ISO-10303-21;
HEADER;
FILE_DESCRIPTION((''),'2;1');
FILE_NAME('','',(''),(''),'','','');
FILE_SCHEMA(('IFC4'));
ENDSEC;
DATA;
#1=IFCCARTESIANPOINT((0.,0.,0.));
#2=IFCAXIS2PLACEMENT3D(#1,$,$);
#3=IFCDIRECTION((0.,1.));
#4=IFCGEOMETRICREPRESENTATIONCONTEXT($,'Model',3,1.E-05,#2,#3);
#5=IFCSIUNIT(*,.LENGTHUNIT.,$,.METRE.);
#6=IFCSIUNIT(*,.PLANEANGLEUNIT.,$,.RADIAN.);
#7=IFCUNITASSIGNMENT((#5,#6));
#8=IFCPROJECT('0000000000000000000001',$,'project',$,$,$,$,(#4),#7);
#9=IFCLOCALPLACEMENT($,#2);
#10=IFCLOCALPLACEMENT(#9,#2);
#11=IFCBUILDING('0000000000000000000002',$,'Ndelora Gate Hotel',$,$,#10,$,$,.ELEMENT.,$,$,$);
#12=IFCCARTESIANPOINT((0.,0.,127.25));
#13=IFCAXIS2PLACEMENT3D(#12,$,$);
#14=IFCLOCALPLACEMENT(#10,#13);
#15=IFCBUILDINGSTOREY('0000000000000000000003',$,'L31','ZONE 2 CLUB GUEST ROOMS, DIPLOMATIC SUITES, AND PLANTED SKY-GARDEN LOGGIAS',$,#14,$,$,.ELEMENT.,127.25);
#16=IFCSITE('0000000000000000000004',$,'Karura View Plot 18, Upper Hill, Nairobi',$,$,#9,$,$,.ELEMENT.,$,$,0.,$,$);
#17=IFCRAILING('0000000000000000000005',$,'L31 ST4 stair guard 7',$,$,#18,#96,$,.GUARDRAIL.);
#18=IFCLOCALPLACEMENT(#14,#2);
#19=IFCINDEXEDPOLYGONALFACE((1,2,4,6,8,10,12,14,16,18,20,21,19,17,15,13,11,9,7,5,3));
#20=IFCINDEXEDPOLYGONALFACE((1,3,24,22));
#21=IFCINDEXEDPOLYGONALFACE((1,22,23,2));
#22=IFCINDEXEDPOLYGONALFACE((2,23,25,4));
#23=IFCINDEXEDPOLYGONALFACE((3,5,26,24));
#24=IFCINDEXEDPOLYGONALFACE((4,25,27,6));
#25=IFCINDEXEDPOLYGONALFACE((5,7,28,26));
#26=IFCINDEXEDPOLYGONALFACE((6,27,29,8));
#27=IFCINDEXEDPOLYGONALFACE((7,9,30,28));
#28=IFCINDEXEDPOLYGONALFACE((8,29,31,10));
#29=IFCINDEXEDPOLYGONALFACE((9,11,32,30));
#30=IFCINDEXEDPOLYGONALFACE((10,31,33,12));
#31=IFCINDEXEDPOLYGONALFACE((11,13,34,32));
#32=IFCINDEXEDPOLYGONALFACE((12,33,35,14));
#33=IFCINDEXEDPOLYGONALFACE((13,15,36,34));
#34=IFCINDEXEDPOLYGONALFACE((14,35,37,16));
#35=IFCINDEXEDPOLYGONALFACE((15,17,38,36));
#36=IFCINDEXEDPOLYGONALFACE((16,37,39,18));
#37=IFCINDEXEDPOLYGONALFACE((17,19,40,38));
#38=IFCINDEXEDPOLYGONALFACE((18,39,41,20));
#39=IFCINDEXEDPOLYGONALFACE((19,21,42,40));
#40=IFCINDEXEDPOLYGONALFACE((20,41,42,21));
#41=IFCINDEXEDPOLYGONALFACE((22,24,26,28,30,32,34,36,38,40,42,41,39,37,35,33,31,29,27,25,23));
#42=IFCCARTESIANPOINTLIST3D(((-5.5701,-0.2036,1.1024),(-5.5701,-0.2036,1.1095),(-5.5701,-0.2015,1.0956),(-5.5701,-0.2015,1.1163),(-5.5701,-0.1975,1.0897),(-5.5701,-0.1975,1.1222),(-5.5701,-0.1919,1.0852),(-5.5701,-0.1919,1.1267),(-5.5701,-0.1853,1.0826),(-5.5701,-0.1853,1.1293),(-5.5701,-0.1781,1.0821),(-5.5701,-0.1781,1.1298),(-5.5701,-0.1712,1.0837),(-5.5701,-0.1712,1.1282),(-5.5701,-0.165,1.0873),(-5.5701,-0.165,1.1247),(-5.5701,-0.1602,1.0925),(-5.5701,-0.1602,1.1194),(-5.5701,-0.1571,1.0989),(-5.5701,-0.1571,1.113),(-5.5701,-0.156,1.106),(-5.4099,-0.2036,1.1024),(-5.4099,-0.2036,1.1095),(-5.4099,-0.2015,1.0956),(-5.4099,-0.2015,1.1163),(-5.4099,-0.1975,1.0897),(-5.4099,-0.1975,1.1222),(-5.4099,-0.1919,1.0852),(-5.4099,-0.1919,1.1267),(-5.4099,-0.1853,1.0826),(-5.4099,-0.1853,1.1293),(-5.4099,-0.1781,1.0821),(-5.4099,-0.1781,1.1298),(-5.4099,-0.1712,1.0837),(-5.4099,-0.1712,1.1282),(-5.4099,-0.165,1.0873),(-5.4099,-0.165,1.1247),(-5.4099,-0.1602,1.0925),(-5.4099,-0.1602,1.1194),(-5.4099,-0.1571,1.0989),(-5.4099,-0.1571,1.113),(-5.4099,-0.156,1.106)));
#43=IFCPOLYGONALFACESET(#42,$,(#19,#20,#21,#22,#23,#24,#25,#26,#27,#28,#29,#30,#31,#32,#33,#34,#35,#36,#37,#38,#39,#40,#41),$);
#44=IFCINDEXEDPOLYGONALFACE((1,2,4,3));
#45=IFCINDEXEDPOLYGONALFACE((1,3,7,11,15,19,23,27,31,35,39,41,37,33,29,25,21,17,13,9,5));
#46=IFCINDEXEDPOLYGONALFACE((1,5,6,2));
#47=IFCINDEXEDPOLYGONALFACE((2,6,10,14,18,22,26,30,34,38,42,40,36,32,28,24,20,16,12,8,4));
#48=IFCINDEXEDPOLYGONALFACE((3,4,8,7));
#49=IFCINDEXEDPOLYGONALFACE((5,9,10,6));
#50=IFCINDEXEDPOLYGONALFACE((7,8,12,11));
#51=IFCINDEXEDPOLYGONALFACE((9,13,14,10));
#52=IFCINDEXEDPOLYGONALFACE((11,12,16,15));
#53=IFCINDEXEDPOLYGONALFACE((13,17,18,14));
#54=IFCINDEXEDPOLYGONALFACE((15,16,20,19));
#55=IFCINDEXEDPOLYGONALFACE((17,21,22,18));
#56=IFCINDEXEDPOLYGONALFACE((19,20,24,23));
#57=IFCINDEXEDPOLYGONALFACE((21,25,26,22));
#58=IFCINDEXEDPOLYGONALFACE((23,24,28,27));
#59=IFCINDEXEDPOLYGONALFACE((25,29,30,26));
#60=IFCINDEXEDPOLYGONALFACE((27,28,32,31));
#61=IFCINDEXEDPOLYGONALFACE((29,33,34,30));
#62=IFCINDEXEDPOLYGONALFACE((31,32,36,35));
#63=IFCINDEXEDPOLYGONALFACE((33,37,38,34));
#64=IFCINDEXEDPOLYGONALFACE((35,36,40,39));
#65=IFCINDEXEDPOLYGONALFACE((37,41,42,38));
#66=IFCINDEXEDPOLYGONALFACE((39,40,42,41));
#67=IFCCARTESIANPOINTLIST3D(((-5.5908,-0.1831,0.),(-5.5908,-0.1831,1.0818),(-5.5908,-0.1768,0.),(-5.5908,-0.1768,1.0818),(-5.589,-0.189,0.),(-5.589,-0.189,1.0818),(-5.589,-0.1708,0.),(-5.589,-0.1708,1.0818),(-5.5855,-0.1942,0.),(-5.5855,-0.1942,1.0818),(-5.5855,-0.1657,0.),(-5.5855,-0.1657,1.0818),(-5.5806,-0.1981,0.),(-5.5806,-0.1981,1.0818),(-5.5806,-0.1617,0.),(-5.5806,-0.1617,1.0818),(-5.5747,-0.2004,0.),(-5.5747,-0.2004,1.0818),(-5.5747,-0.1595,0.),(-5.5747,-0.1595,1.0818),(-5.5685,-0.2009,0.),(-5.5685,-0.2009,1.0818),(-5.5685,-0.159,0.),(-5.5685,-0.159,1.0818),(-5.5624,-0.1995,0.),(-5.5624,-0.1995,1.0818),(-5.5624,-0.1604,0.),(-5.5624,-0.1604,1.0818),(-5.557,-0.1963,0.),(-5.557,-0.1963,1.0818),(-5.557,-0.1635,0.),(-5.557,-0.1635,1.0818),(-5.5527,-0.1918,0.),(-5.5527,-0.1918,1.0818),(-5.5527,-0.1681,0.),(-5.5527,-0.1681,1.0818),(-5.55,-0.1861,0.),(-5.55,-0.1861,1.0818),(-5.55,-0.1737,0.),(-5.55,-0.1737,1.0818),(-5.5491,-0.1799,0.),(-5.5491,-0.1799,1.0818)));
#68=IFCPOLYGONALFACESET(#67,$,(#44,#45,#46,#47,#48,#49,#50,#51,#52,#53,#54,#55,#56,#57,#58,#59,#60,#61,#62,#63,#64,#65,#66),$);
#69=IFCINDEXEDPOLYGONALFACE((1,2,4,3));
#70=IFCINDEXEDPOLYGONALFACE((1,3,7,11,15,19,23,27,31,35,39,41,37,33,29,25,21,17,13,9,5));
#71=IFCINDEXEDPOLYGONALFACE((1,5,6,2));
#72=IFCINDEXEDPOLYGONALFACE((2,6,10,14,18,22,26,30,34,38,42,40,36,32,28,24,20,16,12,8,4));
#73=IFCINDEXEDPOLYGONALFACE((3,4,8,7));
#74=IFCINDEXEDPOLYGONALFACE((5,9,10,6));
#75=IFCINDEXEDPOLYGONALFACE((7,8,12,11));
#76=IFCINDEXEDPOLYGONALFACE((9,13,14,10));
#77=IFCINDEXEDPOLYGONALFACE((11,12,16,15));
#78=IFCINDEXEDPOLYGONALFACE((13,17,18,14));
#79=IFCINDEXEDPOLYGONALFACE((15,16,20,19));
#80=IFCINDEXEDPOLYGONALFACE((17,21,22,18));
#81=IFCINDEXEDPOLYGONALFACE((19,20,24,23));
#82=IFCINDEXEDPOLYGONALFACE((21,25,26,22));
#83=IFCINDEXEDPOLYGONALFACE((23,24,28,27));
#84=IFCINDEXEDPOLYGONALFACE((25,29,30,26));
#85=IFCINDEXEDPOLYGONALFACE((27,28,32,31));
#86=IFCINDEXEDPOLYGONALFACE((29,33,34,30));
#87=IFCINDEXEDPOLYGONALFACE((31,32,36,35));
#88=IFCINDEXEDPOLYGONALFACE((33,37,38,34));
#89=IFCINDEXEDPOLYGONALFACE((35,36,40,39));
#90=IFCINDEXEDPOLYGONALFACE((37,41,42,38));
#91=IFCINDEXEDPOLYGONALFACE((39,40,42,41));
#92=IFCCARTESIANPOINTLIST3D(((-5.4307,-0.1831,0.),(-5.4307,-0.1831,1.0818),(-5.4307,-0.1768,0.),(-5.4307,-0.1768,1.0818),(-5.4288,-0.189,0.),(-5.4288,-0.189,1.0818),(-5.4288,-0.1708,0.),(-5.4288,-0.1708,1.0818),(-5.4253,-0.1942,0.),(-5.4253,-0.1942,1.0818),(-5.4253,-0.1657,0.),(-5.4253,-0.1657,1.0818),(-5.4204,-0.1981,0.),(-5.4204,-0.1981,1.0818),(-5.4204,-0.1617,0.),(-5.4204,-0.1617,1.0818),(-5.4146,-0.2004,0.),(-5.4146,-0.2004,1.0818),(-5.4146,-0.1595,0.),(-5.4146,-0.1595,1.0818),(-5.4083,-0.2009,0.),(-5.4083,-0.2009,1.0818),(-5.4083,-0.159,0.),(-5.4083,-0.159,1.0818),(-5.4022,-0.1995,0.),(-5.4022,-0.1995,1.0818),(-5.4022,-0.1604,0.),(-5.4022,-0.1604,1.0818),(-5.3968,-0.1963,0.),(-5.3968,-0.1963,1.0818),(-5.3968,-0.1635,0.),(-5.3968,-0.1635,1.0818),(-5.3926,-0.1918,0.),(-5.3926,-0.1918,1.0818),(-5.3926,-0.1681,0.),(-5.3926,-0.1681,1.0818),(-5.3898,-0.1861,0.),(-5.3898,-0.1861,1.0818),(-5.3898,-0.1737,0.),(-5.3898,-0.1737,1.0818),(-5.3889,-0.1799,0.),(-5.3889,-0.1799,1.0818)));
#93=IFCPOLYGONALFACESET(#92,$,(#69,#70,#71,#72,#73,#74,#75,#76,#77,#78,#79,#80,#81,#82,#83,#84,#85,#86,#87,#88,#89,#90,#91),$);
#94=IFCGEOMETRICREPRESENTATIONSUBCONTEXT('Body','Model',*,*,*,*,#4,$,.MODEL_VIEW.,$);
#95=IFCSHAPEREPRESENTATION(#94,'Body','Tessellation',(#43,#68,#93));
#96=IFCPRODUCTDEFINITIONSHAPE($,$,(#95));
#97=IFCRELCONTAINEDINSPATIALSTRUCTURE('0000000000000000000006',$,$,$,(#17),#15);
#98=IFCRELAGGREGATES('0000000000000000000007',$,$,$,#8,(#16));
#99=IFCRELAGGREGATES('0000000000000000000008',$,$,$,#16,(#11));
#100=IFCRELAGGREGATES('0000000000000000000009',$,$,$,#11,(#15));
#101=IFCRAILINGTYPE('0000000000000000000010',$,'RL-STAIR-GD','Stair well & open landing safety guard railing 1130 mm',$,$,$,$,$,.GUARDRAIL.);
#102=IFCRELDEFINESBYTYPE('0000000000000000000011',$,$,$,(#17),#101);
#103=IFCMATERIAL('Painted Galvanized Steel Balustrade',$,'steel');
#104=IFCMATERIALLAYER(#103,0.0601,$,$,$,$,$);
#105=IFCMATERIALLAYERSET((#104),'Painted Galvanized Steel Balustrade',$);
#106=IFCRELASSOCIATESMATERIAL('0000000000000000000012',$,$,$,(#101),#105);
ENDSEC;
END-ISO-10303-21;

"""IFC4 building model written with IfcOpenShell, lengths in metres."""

from ifc_helpers import new_model, si_unit, direction, frame, origin, origin_2d, place, context, subcontext, project, spatial, circle, extrude, material, layer, layer_set, type_object, element, save


model = new_model("IFC4")

# Units and contexts
model_context = context("Model", 3, precision=1e-05, world=origin(), true_north=direction((0.0, 1.0)))
body_context = subcontext(model_context, "Body", "Model", "MODEL_VIEW")
ifc_project = project(units=[si_unit("LENGTHUNIT", "METRE"), si_unit("PLANEANGLEUNIT", "RADIAN")], contexts=[model_context])

# Site, building, storey
site_placement = place(None, origin())
site = spatial("IfcSite", under=ifc_project, at=site_placement, Name="Karura View Plot 18, Upper Hill, Nairobi", CompositionType="ELEMENT", RefElevation=0.0)
building_placement = place(site_placement, origin())
building = spatial("IfcBuilding", under=site, at=building_placement, Name="Ndelora Gate Hotel", CompositionType="ELEMENT")
storey_placement = place(building_placement, frame((0.0, 0.0, 127.25)))
storey = spatial("IfcBuildingStorey", under=building, at=storey_placement, Name="L31", Description="ZONE 2 CLUB GUEST ROOMS, DIPLOMATIC SUITES, AND PLANTED SKY-GARDEN LOGGIAS", CompositionType="ELEMENT", Elevation=127.25)

# Railing
ifc_material_1 = material(Name="Painted Galvanized Steel Balustrade", Category="steel")
ifc_layer_1 = layer(ifc_material_1, 0.0601)
ifc_layer_set_1 = layer_set([ifc_layer_1], Name="Painted Galvanized Steel Balustrade")
railing_type_1 = type_object("IfcRailingType", Name="RL-STAIR-GD", Description="Stair well & open landing safety guard railing 1130 mm", PredefinedType="GUARDRAIL", material=ifc_layer_set_1)
railing_1_placement = place(storey_placement, frame((-5.5701, -0.1799, 0.0)))
element("IfcRailing", 1, at=railing_1_placement, inside=storey, type_object=railing_type_1, Name="L31 ST4 stair guard 7", PredefinedType="GUARDRAIL", context=body_context, shape_type="SweptSolid", body=[
    extrude(circle(Radius=0.0239, at=origin_2d()), frame((0.0, 0.0, 1.106), z_axis=(1.0, 0.0, 0.0), x_axis=(0.0, 1.0, 0.0)), (0.0, 0.0, 1.0), 0.1602),
    extrude(circle(Radius=0.021, at=origin_2d()), origin(), (0.0, 0.0, 1.0), 1.0818),
    extrude(circle(Radius=0.021, at=origin_2d()), frame((0.1602, 0.0, 0.0)), (0.0, 0.0, 1.0), 1.0818),
])

save(model, "model.ifc")
